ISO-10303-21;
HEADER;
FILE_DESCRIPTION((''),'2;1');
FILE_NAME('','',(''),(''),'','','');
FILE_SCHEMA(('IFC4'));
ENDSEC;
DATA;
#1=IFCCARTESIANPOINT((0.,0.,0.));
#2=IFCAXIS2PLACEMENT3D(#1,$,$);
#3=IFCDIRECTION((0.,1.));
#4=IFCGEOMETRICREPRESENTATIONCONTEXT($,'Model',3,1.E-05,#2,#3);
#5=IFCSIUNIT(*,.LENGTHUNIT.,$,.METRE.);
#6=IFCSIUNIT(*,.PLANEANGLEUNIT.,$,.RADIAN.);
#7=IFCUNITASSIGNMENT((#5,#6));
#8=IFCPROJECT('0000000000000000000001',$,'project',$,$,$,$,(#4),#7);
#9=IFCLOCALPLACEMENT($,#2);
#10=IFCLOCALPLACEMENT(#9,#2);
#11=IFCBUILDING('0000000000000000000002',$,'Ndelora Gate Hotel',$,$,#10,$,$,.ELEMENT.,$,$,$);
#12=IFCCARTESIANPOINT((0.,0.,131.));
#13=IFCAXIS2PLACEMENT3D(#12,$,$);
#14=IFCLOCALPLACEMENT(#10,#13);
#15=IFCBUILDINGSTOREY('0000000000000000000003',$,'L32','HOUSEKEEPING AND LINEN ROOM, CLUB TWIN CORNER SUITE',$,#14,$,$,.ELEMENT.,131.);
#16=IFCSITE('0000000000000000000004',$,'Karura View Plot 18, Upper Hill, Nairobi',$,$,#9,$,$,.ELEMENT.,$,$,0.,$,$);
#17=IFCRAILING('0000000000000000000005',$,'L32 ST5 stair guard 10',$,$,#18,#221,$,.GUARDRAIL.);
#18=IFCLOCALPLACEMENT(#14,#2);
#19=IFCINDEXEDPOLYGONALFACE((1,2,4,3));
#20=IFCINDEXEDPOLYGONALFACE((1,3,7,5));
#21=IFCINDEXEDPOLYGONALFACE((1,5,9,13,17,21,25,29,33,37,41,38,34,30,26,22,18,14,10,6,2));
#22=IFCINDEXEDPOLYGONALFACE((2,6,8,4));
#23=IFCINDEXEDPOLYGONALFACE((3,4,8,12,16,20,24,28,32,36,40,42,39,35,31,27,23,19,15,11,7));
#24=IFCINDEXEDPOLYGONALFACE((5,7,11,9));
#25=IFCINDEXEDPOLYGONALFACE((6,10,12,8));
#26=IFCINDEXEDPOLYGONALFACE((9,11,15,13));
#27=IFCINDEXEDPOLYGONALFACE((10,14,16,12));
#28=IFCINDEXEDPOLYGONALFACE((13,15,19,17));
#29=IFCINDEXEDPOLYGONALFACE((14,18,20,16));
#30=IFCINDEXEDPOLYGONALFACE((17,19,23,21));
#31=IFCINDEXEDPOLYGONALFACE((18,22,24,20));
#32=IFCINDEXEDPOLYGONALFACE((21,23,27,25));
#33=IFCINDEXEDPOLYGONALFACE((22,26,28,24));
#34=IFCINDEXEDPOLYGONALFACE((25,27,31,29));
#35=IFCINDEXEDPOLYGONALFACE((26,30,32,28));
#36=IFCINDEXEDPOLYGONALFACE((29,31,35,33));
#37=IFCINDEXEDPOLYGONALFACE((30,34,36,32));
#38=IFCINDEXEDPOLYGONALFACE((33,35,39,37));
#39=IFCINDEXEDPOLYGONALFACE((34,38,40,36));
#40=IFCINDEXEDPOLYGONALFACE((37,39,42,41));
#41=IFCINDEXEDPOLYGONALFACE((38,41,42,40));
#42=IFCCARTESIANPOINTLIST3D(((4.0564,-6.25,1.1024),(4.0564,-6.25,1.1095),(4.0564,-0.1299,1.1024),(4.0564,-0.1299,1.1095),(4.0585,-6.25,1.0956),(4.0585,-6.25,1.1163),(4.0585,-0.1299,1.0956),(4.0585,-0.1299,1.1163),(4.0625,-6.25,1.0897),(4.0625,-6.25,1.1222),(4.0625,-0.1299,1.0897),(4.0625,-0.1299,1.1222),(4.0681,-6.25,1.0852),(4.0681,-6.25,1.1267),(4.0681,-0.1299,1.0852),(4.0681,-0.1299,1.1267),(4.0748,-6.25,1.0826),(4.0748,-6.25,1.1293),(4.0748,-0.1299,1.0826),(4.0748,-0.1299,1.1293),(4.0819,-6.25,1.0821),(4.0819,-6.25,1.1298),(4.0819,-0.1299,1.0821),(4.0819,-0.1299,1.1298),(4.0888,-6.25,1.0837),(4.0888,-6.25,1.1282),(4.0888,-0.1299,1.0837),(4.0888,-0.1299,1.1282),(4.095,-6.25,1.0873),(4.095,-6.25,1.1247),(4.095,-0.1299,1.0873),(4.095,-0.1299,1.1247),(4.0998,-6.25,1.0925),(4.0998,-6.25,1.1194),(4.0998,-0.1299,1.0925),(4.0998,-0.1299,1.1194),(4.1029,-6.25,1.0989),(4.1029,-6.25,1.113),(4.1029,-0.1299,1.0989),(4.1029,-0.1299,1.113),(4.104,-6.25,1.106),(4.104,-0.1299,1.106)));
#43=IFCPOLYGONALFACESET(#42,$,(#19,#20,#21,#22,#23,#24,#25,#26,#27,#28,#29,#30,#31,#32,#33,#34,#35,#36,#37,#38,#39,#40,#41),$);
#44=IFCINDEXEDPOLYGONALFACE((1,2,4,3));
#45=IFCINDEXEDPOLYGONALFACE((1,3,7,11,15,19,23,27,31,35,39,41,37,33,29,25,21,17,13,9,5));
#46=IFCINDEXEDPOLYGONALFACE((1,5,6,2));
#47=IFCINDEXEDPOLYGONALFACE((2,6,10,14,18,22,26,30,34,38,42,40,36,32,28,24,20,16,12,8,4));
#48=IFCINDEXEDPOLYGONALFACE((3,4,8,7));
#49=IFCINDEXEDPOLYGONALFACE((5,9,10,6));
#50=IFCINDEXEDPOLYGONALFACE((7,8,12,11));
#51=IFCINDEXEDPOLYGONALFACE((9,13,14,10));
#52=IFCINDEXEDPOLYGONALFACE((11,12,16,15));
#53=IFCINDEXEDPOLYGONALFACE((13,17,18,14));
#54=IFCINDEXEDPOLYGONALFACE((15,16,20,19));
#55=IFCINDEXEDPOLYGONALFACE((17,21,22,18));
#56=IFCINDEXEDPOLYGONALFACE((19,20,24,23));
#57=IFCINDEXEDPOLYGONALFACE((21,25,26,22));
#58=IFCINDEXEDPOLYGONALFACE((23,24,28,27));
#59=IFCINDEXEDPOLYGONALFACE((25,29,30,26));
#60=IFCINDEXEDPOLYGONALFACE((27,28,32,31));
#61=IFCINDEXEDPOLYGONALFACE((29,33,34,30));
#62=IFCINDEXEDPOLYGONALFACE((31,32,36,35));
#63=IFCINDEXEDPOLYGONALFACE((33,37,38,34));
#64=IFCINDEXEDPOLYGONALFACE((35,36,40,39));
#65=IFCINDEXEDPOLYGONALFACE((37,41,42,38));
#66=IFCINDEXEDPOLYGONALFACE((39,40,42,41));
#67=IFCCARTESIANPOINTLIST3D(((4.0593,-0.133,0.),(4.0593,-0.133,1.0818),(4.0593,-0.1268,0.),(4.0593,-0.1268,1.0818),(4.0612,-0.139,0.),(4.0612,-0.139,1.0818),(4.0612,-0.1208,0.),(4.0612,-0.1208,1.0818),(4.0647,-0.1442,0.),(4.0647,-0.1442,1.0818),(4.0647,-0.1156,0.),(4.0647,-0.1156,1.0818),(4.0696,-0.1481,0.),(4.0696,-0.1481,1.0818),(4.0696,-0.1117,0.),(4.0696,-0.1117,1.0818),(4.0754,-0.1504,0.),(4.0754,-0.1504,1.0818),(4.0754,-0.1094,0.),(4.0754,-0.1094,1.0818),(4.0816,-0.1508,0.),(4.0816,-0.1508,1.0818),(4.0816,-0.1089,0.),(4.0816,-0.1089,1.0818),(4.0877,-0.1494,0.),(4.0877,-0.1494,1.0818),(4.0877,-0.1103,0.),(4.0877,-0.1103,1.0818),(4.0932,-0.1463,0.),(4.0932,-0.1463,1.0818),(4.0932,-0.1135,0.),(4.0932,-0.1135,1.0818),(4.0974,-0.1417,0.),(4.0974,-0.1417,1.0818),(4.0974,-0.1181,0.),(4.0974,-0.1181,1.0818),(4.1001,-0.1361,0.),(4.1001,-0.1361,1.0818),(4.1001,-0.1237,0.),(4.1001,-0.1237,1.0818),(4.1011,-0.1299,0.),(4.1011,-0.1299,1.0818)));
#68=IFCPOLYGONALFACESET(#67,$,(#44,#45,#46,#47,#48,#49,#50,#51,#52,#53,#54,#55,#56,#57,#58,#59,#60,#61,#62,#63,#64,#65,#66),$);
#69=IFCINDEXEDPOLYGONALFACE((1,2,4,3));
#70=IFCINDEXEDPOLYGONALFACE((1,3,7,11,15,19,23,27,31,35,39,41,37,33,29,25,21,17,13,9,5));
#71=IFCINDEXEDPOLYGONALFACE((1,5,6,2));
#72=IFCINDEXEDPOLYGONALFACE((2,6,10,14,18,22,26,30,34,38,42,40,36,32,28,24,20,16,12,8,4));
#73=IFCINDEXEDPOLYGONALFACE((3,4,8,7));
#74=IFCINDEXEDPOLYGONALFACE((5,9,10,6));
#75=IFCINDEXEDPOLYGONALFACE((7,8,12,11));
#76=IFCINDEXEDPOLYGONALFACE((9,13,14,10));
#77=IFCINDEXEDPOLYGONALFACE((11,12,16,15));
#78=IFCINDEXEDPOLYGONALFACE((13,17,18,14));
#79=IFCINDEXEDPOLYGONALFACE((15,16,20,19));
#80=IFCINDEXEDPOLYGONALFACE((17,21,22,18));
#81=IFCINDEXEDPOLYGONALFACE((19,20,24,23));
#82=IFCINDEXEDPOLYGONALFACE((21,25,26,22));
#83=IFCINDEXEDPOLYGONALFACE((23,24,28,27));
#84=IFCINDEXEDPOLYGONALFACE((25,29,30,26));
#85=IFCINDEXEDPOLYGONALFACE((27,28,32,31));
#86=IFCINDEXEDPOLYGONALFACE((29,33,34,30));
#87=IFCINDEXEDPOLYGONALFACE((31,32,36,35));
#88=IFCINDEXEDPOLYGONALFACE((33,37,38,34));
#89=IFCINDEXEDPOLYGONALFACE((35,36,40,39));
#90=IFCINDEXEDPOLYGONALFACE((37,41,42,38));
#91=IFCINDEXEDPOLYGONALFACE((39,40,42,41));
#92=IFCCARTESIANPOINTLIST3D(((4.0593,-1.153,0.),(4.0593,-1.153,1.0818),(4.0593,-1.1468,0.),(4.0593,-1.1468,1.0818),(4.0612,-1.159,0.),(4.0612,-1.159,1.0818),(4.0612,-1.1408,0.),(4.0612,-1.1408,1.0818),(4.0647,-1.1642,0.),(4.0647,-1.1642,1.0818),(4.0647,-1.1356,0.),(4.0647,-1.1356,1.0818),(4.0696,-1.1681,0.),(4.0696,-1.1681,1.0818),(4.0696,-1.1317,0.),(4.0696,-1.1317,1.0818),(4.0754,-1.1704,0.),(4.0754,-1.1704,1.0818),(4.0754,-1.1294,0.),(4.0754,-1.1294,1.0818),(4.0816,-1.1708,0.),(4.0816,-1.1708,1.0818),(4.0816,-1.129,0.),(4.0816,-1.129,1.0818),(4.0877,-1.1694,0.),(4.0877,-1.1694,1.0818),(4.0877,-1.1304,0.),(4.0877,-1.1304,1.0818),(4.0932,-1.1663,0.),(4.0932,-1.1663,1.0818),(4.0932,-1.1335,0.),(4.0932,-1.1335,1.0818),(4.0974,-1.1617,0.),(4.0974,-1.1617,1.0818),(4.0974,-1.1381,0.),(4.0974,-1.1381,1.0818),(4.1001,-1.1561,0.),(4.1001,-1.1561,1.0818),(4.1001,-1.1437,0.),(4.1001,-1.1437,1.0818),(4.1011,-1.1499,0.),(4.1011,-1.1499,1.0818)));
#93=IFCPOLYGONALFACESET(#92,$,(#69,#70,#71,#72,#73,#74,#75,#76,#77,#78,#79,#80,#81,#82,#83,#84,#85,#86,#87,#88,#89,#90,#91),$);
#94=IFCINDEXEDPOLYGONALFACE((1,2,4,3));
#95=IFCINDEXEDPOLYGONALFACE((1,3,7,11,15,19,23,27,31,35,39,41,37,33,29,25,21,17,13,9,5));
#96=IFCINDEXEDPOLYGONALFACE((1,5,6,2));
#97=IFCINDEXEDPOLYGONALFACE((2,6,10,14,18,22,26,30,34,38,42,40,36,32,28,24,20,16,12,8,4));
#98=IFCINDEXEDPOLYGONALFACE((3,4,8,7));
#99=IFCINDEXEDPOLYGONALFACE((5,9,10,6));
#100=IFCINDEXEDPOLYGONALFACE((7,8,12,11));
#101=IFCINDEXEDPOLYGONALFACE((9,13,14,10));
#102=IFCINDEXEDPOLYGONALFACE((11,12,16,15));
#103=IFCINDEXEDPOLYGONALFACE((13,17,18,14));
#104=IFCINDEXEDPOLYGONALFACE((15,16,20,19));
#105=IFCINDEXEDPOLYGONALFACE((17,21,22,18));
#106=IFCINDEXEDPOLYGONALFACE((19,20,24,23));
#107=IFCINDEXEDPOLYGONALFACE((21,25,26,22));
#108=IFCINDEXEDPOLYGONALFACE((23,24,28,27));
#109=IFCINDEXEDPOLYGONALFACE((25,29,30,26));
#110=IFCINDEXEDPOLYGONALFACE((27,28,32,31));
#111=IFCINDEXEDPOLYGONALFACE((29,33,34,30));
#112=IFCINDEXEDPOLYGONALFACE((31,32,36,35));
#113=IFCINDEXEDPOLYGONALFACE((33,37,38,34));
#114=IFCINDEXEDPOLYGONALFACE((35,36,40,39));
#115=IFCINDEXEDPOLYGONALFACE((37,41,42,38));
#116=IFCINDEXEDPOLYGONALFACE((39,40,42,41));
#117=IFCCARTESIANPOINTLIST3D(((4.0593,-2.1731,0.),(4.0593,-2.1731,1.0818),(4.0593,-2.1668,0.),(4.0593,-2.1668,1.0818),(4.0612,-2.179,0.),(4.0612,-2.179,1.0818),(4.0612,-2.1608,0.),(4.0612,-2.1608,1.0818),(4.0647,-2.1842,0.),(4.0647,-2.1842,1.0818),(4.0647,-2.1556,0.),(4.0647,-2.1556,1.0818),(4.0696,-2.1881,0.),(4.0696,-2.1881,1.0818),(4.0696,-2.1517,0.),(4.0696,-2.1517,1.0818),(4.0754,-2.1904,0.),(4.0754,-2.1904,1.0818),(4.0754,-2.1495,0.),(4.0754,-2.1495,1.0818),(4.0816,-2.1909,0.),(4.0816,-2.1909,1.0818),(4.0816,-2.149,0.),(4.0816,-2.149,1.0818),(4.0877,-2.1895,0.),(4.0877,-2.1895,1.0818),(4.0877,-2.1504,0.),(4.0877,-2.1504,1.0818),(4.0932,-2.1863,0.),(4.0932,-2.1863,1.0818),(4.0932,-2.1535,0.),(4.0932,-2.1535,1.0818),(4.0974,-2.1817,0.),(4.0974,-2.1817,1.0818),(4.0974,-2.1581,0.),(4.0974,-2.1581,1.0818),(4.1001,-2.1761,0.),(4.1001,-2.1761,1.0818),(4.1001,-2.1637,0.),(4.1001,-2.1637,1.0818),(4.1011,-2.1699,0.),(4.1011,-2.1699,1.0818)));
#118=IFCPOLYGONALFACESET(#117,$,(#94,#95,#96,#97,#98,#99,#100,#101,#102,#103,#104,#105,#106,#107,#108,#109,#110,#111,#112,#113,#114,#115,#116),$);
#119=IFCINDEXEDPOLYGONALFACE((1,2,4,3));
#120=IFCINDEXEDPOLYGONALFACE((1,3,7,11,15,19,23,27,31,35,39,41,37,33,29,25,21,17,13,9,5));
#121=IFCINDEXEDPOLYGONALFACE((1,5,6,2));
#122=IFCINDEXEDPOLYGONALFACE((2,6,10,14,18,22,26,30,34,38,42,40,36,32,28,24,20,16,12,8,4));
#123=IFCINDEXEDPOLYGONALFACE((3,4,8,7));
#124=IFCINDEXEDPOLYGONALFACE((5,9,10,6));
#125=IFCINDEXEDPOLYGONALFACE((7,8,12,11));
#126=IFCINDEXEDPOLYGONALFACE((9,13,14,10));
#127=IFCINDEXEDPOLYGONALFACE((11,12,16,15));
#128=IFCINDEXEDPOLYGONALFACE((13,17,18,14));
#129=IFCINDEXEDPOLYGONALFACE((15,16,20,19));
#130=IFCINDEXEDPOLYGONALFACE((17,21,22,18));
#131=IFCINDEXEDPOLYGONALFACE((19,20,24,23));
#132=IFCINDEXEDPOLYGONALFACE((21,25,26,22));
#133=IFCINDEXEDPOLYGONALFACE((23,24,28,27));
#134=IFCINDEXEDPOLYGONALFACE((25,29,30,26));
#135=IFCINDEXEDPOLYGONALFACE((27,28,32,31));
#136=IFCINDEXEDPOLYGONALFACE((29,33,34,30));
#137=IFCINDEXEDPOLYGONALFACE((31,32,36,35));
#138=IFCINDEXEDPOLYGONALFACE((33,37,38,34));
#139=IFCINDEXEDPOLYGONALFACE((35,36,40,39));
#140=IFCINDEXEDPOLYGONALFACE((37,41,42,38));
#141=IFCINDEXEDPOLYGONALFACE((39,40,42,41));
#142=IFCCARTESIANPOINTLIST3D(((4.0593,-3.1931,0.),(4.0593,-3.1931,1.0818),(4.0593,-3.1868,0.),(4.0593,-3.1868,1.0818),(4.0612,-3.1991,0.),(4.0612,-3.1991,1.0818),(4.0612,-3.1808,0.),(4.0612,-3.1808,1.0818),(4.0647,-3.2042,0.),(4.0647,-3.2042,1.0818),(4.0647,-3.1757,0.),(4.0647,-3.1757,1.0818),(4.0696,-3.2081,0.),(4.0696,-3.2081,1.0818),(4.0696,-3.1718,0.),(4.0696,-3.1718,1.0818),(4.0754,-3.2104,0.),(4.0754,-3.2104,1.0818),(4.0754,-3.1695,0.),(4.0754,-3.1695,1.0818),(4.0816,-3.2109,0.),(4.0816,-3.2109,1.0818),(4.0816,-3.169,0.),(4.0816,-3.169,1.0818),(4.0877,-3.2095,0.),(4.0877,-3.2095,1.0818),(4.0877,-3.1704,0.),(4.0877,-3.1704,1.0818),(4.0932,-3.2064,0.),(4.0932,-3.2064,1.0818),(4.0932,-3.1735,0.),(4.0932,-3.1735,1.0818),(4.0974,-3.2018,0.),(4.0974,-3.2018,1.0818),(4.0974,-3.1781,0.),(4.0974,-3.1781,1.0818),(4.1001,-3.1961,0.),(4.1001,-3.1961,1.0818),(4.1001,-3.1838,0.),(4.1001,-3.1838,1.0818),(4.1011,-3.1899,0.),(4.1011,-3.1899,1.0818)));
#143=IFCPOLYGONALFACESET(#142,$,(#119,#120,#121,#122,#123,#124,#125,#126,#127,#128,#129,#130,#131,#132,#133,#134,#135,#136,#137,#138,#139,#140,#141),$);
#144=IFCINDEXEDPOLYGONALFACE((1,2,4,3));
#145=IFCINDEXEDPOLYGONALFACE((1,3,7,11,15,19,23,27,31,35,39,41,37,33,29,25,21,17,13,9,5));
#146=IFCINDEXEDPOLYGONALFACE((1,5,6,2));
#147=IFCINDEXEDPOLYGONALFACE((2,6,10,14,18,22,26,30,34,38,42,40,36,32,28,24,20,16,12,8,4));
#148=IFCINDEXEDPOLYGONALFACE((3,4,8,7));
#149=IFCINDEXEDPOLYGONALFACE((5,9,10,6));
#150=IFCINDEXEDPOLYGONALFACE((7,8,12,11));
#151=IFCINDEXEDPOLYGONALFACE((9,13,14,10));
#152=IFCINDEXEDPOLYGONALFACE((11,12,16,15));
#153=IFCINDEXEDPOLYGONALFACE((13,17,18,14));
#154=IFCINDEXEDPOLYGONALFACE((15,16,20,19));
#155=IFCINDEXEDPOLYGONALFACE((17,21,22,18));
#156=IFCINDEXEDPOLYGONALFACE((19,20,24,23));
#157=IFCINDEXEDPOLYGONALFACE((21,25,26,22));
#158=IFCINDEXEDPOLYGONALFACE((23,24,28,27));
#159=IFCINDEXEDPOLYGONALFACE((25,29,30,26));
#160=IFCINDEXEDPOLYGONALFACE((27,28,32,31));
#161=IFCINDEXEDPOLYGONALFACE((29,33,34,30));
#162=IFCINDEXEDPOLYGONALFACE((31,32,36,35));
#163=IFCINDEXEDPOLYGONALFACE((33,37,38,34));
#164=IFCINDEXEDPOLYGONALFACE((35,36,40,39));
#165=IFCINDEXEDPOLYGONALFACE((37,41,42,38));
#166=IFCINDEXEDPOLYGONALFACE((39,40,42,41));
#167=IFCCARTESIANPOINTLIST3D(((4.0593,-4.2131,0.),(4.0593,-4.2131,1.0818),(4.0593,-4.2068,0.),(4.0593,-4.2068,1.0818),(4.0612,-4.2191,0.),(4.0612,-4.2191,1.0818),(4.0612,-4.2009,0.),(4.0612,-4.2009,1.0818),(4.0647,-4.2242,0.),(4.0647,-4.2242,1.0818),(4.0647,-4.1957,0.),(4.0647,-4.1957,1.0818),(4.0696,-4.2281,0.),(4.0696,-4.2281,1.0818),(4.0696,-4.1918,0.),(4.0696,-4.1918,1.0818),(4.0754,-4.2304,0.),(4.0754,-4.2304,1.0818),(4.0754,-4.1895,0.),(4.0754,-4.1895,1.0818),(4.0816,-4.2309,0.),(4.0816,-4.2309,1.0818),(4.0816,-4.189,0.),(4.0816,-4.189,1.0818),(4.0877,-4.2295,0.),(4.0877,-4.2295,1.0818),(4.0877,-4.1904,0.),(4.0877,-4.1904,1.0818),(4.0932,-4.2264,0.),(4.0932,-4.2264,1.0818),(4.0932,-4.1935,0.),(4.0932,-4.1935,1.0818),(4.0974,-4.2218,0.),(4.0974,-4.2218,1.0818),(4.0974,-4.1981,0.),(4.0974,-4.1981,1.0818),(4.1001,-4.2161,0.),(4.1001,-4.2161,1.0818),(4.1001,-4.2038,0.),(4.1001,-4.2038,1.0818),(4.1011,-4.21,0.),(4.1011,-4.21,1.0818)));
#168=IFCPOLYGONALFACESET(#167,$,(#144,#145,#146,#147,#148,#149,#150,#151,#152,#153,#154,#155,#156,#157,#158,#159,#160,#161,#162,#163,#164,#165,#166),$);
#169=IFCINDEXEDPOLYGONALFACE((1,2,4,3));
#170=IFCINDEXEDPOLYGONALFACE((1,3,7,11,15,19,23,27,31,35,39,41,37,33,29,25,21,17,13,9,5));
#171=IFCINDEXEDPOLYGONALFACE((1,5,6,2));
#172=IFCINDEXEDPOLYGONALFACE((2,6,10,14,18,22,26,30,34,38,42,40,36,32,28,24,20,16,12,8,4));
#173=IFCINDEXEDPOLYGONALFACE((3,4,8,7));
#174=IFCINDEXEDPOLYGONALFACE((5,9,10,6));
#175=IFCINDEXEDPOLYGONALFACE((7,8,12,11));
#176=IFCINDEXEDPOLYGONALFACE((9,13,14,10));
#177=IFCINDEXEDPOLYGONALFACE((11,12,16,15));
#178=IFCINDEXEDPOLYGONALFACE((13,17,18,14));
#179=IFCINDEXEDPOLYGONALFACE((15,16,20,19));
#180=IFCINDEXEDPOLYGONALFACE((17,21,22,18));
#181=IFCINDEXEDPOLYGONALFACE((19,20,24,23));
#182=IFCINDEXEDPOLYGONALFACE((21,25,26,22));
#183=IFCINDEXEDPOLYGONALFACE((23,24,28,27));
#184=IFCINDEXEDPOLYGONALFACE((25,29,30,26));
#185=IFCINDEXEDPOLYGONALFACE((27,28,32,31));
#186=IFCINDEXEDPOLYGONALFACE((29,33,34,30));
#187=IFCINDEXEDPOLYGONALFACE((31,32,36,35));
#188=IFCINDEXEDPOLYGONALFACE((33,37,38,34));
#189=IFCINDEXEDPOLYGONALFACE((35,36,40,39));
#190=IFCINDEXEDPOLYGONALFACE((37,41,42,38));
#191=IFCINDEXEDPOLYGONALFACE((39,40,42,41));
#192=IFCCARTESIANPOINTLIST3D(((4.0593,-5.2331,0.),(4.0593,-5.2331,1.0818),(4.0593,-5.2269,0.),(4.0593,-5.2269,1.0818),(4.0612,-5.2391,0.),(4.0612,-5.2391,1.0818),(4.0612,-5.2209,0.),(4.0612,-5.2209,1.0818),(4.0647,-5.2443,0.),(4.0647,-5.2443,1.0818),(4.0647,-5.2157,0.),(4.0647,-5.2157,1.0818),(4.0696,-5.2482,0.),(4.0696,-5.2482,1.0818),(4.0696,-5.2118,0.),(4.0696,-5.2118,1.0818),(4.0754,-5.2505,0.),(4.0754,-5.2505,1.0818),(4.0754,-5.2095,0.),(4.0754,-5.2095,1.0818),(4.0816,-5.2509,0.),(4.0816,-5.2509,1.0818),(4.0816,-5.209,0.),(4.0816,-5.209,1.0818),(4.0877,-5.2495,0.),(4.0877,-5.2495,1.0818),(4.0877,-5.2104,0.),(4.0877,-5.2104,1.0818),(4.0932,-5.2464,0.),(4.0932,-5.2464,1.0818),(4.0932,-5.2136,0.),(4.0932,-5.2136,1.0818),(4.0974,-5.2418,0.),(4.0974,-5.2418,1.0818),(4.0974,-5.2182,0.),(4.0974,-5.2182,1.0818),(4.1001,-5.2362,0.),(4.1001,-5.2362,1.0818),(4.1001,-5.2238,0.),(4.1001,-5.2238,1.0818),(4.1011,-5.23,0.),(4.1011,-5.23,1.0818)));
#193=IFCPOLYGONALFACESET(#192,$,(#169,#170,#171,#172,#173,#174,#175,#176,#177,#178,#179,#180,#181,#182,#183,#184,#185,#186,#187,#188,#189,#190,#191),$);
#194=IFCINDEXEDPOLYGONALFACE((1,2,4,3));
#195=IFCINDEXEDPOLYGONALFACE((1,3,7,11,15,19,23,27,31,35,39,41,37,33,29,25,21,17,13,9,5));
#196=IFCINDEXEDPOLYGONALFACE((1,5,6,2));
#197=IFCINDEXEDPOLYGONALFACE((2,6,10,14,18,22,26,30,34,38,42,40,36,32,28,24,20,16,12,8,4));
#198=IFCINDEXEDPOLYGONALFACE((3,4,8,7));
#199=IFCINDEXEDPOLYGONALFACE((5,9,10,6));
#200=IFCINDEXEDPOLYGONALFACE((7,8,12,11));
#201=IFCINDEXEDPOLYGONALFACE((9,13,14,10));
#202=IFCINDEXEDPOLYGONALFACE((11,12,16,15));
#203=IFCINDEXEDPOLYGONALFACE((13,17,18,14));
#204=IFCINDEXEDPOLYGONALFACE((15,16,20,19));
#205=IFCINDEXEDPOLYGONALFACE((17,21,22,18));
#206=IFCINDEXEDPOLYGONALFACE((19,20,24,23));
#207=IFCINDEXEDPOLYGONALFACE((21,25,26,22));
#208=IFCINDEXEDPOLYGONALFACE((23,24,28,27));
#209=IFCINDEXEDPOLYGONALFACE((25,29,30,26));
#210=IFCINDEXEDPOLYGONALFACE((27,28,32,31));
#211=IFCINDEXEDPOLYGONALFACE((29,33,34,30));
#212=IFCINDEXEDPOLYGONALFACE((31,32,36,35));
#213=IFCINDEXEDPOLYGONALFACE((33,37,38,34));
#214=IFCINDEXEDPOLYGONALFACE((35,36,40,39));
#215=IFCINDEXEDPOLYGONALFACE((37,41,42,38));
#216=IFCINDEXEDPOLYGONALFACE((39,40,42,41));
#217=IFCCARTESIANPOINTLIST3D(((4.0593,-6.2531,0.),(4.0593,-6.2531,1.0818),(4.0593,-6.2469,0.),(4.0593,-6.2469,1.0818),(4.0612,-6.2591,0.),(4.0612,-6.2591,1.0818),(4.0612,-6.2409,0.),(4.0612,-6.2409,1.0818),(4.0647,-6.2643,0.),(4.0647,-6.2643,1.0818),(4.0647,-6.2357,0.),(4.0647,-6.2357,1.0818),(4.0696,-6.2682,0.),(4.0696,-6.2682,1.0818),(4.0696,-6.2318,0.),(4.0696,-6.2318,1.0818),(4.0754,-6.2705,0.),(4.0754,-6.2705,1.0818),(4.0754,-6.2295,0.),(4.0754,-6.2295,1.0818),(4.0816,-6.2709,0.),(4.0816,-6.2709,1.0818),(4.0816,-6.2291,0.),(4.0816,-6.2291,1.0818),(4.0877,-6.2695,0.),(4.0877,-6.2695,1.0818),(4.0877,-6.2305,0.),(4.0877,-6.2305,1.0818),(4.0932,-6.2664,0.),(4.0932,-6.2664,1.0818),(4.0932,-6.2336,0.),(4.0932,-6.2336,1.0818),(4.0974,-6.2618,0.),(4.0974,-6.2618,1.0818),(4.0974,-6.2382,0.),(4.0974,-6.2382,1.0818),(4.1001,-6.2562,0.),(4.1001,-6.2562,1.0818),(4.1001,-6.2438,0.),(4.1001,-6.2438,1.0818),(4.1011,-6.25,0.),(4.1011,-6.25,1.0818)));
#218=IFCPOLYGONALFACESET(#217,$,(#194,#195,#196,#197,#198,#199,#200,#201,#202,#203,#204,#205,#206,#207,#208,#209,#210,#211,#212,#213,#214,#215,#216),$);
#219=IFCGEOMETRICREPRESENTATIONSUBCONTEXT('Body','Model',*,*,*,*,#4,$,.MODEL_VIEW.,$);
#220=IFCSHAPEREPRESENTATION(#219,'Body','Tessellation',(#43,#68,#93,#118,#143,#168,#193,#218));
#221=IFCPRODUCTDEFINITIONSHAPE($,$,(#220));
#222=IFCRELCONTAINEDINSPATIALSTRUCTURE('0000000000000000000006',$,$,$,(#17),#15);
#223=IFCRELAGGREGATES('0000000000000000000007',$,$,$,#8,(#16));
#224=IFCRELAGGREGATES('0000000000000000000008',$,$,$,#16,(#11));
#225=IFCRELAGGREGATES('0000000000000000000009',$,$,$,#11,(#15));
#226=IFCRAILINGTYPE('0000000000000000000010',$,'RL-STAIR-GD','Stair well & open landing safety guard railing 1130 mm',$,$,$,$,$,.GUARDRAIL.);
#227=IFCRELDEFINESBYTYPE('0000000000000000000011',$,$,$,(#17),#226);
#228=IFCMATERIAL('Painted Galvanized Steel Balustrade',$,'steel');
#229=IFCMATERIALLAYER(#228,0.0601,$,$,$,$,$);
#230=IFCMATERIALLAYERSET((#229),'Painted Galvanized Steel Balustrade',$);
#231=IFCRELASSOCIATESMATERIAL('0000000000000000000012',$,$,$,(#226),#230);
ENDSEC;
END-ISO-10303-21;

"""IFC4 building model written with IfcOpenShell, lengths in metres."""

from ifc_helpers import new_model, si_unit, direction, frame, origin, origin_2d, place, context, subcontext, project, spatial, circle, extrude, material, layer, layer_set, type_object, element, save


model = new_model("IFC4")

# Units and contexts
model_context = context("Model", 3, precision=1e-05, world=origin(), true_north=direction((0.0, 1.0)))
body_context = subcontext(model_context, "Body", "Model", "MODEL_VIEW")
ifc_project = project(units=[si_unit("LENGTHUNIT", "METRE"), si_unit("PLANEANGLEUNIT", "RADIAN")], contexts=[model_context])

# Site, building, storey
site_placement = place(None, origin())
site = spatial("IfcSite", under=ifc_project, at=site_placement, Name="Karura View Plot 18, Upper Hill, Nairobi", CompositionType="ELEMENT", RefElevation=0.0)
building_placement = place(site_placement, origin())
building = spatial("IfcBuilding", under=site, at=building_placement, Name="Ndelora Gate Hotel", CompositionType="ELEMENT")
storey_placement = place(building_placement, frame((0.0, 0.0, 131.0)))
storey = spatial("IfcBuildingStorey", under=building, at=storey_placement, Name="L32", Description="HOUSEKEEPING AND LINEN ROOM, CLUB TWIN CORNER SUITE", CompositionType="ELEMENT", Elevation=131.0)

# Railing
ifc_material_1 = material(Name="Painted Galvanized Steel Balustrade", Category="steel")
ifc_layer_1 = layer(ifc_material_1, 0.0601)
ifc_layer_set_1 = layer_set([ifc_layer_1], Name="Painted Galvanized Steel Balustrade")
railing_type_1 = type_object("IfcRailingType", Name="RL-STAIR-GD", Description="Stair well & open landing safety guard railing 1130 mm", PredefinedType="GUARDRAIL", material=ifc_layer_set_1)
railing_1_placement = place(storey_placement, frame((4.0801, -0.1299, 0.0)))
element("IfcRailing", 1, at=railing_1_placement, inside=storey, type_object=railing_type_1, Name="L32 ST5 stair guard 10", PredefinedType="GUARDRAIL", context=body_context, shape_type="SweptSolid", body=[
    extrude(circle(Radius=0.0239, at=origin_2d()), frame((0.0, 0.0, 1.106), z_axis=(0.0, -1.0, 0.0), x_axis=(1.0, 0.0, 0.0)), (0.0, 0.0, 1.0), 6.1201),
    extrude(circle(Radius=0.021, at=origin_2d()), origin(), (0.0, 0.0, 1.0), 1.0818),
    extrude(circle(Radius=0.021, at=origin_2d()), frame((0.0, -1.02, 0.0)), (0.0, 0.0, 1.0), 1.0818),
    extrude(circle(Radius=0.021, at=origin_2d()), frame((0.0, -2.04, 0.0)), (0.0, 0.0, 1.0), 1.0818),
    extrude(circle(Radius=0.021, at=origin_2d()), frame((0.0, -3.0601, 0.0)), (0.0, 0.0, 1.0), 1.0818),
    extrude(circle(Radius=0.021, at=origin_2d()), frame((0.0, -4.0801, 0.0)), (0.0, 0.0, 1.0), 1.0818),
    extrude(circle(Radius=0.021, at=origin_2d()), frame((0.0, -5.1001, 0.0)), (0.0, 0.0, 1.0), 1.0818),
    extrude(circle(Radius=0.021, at=origin_2d()), frame((0.0, -6.1201, 0.0)), (0.0, 0.0, 1.0), 1.0818),
])

save(model, "model.ifc")
